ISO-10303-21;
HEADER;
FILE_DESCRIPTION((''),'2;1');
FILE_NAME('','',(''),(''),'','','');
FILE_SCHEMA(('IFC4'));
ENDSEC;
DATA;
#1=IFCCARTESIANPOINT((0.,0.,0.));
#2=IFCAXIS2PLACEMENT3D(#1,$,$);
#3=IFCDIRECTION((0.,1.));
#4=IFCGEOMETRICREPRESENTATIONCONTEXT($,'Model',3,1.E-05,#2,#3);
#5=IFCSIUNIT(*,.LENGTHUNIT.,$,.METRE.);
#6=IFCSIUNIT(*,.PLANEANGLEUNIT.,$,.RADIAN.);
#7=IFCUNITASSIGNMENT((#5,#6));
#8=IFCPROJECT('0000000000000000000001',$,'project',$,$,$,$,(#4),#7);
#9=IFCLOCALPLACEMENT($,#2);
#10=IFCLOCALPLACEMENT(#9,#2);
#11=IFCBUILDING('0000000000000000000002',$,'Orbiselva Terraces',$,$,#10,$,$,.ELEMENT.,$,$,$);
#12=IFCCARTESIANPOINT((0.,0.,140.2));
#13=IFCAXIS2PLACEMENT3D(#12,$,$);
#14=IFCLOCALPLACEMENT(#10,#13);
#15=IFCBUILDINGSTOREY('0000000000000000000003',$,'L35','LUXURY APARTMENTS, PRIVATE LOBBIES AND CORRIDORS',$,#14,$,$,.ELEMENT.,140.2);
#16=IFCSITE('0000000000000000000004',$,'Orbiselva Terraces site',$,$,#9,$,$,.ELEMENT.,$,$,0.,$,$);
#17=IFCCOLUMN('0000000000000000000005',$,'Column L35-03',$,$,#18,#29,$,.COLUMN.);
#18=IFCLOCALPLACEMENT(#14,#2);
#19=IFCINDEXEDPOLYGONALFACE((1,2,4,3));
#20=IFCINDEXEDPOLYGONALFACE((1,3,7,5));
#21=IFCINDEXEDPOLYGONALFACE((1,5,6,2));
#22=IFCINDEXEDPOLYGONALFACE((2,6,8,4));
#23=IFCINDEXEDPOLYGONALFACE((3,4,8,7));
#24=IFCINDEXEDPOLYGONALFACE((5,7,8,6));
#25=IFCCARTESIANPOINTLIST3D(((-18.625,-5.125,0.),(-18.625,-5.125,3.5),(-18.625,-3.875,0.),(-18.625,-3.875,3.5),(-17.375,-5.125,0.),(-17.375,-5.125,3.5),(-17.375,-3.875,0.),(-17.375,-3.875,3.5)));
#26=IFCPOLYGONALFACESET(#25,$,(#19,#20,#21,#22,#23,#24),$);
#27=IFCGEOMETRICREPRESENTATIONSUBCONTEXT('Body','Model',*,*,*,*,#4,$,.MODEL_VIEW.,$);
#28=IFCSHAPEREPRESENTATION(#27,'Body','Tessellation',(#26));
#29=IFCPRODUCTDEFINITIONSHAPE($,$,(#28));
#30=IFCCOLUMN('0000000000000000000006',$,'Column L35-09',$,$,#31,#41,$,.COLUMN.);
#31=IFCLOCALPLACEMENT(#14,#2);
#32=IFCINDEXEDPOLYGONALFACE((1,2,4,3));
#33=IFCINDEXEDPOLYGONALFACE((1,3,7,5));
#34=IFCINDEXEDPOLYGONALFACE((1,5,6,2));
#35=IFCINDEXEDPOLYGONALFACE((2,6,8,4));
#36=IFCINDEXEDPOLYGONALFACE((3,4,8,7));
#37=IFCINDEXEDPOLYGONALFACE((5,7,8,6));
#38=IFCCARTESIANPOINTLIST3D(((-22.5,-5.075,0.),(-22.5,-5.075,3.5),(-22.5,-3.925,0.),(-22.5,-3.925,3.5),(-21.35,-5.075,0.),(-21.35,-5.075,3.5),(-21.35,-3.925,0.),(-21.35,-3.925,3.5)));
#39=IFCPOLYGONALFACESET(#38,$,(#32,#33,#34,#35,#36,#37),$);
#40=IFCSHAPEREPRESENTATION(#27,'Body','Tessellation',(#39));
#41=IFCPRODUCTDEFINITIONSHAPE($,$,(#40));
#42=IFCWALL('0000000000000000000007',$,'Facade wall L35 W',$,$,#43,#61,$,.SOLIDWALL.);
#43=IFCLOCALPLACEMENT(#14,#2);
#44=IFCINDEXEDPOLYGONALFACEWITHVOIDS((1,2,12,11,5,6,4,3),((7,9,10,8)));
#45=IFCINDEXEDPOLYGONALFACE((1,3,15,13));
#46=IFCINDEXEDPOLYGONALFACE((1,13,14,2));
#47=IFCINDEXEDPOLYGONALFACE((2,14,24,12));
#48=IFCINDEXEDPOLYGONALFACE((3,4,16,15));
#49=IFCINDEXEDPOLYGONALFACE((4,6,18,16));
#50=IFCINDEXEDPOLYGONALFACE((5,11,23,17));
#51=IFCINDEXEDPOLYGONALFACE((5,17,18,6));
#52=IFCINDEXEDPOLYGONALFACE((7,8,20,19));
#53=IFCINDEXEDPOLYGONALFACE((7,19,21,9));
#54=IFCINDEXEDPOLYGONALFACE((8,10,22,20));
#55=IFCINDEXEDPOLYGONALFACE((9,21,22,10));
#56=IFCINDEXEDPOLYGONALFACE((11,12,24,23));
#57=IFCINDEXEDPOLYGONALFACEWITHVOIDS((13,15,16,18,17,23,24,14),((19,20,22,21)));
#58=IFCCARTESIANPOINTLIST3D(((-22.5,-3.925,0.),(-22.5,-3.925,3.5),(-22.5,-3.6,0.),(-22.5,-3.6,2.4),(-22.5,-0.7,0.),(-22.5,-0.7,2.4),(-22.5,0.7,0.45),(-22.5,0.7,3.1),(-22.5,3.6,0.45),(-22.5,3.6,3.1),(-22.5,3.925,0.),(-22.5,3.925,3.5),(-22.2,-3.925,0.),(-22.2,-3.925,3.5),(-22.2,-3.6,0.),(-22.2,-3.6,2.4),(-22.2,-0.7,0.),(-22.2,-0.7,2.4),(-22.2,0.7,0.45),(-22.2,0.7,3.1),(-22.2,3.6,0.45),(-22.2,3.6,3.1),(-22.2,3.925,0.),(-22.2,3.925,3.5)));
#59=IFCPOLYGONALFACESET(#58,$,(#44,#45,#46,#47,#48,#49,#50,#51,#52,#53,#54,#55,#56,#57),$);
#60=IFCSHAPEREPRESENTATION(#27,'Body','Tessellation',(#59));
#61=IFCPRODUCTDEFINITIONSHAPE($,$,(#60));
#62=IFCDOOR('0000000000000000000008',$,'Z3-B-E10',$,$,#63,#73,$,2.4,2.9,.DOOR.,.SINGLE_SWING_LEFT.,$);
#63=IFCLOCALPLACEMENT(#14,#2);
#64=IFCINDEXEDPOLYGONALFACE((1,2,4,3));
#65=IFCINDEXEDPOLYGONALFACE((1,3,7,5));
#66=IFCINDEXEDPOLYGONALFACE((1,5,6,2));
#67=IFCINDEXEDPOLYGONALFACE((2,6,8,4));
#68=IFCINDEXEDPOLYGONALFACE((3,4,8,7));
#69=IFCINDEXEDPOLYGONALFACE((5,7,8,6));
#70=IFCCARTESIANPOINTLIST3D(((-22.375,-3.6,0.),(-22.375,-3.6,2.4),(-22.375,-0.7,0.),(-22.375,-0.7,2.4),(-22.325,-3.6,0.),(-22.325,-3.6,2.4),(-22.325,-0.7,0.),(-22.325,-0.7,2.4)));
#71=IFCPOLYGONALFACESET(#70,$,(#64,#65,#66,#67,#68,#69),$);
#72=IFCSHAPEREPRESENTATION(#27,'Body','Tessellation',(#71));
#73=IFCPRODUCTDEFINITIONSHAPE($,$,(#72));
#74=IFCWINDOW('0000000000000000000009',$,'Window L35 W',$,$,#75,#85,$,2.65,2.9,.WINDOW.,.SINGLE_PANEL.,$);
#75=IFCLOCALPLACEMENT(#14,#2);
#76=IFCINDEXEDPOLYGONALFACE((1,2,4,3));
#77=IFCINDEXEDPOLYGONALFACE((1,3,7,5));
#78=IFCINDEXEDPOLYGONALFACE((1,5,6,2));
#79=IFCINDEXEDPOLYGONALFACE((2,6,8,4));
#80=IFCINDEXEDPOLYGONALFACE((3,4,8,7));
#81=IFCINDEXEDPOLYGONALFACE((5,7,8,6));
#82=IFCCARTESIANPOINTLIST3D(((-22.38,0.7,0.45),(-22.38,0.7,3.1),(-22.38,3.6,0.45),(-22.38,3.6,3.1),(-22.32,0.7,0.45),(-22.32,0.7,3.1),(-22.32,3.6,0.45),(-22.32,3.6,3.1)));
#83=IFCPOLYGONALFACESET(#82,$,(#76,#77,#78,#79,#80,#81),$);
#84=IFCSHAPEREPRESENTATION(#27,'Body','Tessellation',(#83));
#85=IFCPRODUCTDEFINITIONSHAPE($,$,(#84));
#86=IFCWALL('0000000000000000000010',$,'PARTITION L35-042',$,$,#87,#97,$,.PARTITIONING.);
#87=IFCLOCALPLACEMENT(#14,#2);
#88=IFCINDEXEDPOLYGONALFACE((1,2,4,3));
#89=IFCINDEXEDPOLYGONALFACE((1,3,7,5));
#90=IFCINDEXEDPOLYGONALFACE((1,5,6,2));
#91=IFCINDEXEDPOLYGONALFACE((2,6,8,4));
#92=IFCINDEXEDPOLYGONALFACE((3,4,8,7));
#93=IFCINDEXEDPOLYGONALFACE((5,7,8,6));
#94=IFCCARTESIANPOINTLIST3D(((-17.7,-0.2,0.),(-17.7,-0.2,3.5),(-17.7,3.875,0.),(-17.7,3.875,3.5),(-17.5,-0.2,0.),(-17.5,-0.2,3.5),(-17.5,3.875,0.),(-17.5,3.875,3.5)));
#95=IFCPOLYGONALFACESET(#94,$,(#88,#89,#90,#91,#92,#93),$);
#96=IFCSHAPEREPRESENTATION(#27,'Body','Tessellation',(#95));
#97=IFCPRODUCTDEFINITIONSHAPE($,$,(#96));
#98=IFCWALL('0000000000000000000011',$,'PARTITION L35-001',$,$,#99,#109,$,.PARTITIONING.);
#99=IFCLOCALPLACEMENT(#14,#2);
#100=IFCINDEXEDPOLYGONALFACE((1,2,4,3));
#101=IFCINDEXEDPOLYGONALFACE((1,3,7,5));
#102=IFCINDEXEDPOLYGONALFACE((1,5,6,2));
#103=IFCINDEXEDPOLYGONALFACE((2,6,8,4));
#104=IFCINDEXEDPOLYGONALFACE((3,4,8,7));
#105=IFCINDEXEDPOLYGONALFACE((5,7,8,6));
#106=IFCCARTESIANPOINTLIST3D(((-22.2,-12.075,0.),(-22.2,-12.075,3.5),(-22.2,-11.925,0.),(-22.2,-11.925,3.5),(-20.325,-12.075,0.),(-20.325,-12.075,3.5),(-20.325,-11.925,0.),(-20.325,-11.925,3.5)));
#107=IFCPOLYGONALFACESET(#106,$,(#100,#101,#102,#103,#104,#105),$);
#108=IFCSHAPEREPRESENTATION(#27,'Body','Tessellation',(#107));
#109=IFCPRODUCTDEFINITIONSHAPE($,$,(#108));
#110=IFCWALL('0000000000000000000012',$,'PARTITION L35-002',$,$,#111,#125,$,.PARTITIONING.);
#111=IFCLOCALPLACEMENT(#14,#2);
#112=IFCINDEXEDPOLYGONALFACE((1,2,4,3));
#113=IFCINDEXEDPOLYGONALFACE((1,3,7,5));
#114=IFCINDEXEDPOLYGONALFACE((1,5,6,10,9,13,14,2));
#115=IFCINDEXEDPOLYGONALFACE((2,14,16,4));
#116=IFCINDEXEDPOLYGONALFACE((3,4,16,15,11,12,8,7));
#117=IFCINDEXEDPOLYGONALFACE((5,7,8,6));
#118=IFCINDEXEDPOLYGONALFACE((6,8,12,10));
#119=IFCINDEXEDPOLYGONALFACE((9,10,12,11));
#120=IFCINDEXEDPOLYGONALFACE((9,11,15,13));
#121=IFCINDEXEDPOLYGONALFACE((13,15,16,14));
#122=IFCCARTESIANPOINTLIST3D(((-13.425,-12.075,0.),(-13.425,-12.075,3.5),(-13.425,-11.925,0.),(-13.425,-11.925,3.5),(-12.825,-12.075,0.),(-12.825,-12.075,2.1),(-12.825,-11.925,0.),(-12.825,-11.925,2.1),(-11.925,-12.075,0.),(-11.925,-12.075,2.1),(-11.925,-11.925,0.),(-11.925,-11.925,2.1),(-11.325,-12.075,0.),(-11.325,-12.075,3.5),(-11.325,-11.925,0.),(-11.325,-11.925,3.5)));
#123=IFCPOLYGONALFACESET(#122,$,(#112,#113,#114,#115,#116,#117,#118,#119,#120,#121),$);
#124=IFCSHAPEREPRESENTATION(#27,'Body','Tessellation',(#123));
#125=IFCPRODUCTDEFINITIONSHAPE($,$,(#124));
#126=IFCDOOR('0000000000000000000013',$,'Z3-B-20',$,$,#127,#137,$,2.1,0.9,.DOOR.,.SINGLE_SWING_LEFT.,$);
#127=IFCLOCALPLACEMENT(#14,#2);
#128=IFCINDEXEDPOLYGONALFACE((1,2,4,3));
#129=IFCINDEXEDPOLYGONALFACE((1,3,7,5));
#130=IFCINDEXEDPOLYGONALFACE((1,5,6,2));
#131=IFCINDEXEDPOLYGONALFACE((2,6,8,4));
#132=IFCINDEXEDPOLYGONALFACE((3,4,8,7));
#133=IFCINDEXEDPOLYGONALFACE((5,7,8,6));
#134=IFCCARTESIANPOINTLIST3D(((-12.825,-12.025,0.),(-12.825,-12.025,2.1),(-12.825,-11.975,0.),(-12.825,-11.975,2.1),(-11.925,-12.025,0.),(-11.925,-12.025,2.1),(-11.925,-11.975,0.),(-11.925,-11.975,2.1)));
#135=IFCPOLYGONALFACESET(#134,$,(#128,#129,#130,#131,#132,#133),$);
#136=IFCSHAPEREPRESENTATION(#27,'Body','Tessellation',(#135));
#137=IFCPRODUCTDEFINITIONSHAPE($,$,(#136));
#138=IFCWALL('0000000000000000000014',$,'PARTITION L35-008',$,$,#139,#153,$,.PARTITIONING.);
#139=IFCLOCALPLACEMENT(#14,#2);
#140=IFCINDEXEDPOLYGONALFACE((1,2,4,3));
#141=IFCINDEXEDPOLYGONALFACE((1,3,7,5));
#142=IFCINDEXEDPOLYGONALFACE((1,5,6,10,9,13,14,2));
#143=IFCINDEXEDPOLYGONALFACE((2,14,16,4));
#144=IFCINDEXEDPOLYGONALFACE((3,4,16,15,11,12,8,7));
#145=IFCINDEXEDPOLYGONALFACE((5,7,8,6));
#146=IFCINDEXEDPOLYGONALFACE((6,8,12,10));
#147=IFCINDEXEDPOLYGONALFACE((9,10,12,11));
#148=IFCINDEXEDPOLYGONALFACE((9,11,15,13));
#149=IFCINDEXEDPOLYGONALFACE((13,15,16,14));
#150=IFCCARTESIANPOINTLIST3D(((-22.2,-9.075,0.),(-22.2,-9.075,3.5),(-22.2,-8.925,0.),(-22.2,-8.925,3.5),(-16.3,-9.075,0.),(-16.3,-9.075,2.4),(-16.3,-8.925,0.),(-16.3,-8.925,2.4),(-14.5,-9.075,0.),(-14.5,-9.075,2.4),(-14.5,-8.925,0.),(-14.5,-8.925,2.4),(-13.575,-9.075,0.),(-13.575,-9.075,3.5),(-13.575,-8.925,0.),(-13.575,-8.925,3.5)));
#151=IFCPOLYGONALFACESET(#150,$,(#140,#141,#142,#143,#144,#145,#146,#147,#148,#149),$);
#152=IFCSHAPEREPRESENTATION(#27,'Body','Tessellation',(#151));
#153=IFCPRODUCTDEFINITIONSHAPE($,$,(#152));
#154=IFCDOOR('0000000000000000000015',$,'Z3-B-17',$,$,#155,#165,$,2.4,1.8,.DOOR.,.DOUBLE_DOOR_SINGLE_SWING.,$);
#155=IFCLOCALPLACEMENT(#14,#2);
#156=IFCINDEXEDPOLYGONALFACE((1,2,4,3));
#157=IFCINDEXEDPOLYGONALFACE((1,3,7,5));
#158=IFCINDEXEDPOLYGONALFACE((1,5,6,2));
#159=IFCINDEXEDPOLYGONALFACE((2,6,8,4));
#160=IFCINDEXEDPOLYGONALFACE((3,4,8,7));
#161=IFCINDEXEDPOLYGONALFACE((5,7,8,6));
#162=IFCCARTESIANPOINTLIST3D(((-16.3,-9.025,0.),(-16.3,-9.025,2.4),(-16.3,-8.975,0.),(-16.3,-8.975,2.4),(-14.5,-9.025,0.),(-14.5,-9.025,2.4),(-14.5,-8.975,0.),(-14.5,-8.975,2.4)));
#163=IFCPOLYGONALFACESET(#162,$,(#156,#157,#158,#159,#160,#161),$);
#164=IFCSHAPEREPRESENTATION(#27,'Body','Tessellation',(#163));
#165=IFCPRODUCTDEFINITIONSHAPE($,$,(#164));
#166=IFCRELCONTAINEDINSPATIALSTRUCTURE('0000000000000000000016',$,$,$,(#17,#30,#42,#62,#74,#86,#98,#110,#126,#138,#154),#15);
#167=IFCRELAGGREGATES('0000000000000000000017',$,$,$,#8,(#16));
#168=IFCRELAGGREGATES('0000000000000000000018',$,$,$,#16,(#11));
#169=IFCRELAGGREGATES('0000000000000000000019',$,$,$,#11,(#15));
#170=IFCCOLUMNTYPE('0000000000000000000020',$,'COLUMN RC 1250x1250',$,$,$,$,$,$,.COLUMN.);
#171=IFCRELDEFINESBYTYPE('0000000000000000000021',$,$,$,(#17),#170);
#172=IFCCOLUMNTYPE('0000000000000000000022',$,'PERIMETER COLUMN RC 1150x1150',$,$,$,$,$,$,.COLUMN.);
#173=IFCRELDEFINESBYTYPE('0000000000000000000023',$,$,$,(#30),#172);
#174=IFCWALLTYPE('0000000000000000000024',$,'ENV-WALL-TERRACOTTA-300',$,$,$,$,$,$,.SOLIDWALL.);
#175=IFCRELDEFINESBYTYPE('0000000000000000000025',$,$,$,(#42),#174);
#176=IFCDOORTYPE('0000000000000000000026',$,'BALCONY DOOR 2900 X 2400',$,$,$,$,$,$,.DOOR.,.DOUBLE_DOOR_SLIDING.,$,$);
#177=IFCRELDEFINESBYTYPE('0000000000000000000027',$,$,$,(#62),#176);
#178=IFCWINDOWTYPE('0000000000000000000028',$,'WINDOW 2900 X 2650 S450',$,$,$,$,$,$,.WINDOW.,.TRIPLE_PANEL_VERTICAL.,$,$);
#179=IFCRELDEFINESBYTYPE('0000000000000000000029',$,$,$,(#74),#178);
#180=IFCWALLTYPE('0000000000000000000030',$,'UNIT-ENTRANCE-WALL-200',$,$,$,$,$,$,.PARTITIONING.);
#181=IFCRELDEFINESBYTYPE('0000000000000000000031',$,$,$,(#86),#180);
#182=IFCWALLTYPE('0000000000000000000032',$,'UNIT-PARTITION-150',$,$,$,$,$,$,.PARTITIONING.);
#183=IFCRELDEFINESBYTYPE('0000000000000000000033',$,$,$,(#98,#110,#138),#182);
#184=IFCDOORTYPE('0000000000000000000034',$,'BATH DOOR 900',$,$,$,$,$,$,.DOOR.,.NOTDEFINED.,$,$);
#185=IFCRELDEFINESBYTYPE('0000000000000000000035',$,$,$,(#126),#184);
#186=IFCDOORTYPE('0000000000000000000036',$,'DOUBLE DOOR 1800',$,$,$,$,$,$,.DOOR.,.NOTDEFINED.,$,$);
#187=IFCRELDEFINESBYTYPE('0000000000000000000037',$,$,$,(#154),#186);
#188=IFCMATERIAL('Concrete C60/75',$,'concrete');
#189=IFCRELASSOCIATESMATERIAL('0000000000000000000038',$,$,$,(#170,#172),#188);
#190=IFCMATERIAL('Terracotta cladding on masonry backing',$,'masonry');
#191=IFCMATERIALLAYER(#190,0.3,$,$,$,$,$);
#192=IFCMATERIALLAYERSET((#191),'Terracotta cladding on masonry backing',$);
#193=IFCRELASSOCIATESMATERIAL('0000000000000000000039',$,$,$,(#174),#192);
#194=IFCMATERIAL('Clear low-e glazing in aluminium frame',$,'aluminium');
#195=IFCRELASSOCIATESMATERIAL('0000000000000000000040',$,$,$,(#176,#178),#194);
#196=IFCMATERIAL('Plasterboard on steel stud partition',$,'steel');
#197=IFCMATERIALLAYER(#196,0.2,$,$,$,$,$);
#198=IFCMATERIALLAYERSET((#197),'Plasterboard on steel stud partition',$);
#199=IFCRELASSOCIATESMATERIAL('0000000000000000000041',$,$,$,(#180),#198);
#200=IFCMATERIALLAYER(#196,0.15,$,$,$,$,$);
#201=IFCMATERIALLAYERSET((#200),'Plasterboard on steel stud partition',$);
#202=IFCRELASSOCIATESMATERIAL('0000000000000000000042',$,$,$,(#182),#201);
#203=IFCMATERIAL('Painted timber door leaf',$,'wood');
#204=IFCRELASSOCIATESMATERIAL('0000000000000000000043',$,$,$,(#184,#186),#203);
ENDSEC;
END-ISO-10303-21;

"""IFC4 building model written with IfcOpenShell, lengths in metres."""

from ifc_helpers import new_model, si_unit, direction, frame, frame_2d, origin, origin_2d, place, context, subcontext, project, spatial, rectangle, extrude, material, layer, layer_set, material_profile, profile_set, type_object, element, fill, save


model = new_model("IFC4")

# Units and contexts
model_context = context("Model", 3, precision=1e-05, world=origin(), true_north=direction((0.0, 1.0)))
body_context = subcontext(model_context, "Body", "Model", "MODEL_VIEW")
ifc_project = project(units=[si_unit("LENGTHUNIT", "METRE"), si_unit("PLANEANGLEUNIT", "RADIAN")], contexts=[model_context])

# Site, building, storey
site_placement = place(None, origin())
site = spatial("IfcSite", under=ifc_project, at=site_placement, Name="Orbiselva Terraces site", CompositionType="ELEMENT", RefElevation=0.0)
building_placement = place(site_placement, origin())
building = spatial("IfcBuilding", under=site, at=building_placement, Name="Orbiselva Terraces", CompositionType="ELEMENT")
storey_placement = place(building_placement, frame((0.0, 0.0, 140.2)))
storey = spatial("IfcBuildingStorey", under=building, at=storey_placement, Name="L35", Description="LUXURY APARTMENTS, PRIVATE LOBBIES AND CORRIDORS", CompositionType="ELEMENT", Elevation=140.2)

# Columns
ifc_material_1 = material(Name="Concrete C60/75", Category="concrete")
ifc_material_profile_1 = material_profile(ifc_material_1, rectangle(XDim=1.25, YDim=1.25, at=origin_2d()), Name="RC 1250x1250")
ifc_profile_set_1 = profile_set([ifc_material_profile_1], Name="Concrete C60/75")
column_type_1 = type_object("IfcColumnType", Name="COLUMN RC 1250x1250", PredefinedType="COLUMN", material=ifc_profile_set_1)
column_1_placement = place(storey_placement, frame((-18.0, -4.5, 0.0), z_axis=(0.0, 0.0, 1.0), x_axis=(1.0, 0.0, 0.0)))
element("IfcColumn", 1, at=column_1_placement, inside=storey, type_object=column_type_1, Name="Column L35-03", PredefinedType="COLUMN", context=body_context, shape_type="SweptSolid", body=[
    extrude(rectangle(XDim=1.25, YDim=1.25, at=origin_2d()), origin(), (0.0, 0.0, 1.0), 3.5),
])
ifc_material_profile_2 = material_profile(ifc_material_1, rectangle(XDim=1.15, YDim=1.15, at=origin_2d()), Name="RC 1150x1150")
ifc_profile_set_2 = profile_set([ifc_material_profile_2], Name="Concrete C60/75")
column_type_2 = type_object("IfcColumnType", Name="PERIMETER COLUMN RC 1150x1150", PredefinedType="COLUMN", material=ifc_profile_set_2)
column_2_placement = place(storey_placement, frame((-21.925, -4.5, 0.0), z_axis=(0.0, 0.0, 1.0), x_axis=(1.0, 0.0, 0.0)))
element("IfcColumn", 2, at=column_2_placement, inside=storey, type_object=column_type_2, Name="Column L35-09", PredefinedType="COLUMN", context=body_context, shape_type="SweptSolid", body=[
    extrude(rectangle(XDim=1.15, YDim=1.15, at=origin_2d()), origin(), (0.0, 0.0, 1.0), 3.5),
])

# Wall, openings, door, window
ifc_material_2 = material(Name="Terracotta cladding on masonry backing", Category="masonry")
ifc_layer_1 = layer(ifc_material_2, 0.3)
ifc_layer_set_1 = layer_set([ifc_layer_1], Name="Terracotta cladding on masonry backing")
wall_type_1 = type_object("IfcWallType", Name="ENV-WALL-TERRACOTTA-300", PredefinedType="SOLIDWALL", material=ifc_layer_set_1)
wall_1_placement = place(storey_placement, frame((-22.35, -3.925, 0.0), z_axis=(0.0, 0.0, 1.0), x_axis=(0.0, 1.0, 0.0)))
wall_1 = element("IfcWall", 3, at=wall_1_placement, inside=storey, type_object=wall_type_1, Name="Facade wall L35 W", PredefinedType="SOLIDWALL", context=body_context, shape_type="SweptSolid", body=[
    extrude(rectangle(XDim=7.85, YDim=0.3, at=frame_2d((3.925, 0.0))), origin(), (0.0, 0.0, 1.0), 3.5),
])
opening_1_placement = place(wall_1_placement, frame((4.625, 0.0, 0.45)))
opening_1 = element("IfcOpeningElement", 4, at=opening_1_placement, cuts=wall_1, PredefinedType="OPENING", context=body_context, shape_type="SweptSolid", body=[
    extrude(rectangle(XDim=2.9, YDim=2.65, at=frame_2d((1.45, 1.325))), frame((0.0, 0.16, 0.0), z_axis=(0.0, -1.0, 0.0), x_axis=(1.0, 0.0, 0.0)), (0.0, 0.0, 1.0), 0.32),
])
opening_2_placement = place(wall_1_placement, frame((0.325, 0.0, 0.0)))
opening_2 = element("IfcOpeningElement", 5, at=opening_2_placement, cuts=wall_1, PredefinedType="OPENING", context=body_context, shape_type="SweptSolid", body=[
    extrude(rectangle(XDim=2.9, YDim=2.4, at=frame_2d((1.45, 1.2))), frame((0.0, 0.16, 0.0), z_axis=(0.0, -1.0, 0.0), x_axis=(1.0, 0.0, 0.0)), (0.0, 0.0, 1.0), 0.32),
])
ifc_material_3 = material(Name="Clear low-e glazing in aluminium frame", Category="aluminium")
door_type_1 = type_object("IfcDoorType", Name="BALCONY DOOR 2900 X 2400", OperationType="DOUBLE_DOOR_SLIDING", PredefinedType="DOOR", material=ifc_material_3)
door_1_placement = place(opening_2_placement, origin())
door_1 = element("IfcDoor", 6, at=door_1_placement, inside=storey, type_object=door_type_1, Name="Z3-B-E10", OperationType="SINGLE_SWING_LEFT", OverallHeight=2.4, OverallWidth=2.9, PredefinedType="DOOR", context=body_context, shape_type="SweptSolid", body=[
    extrude(rectangle(XDim=2.9, YDim=2.4, at=frame_2d((1.45, 1.2))), frame((0.0, 0.025, 0.0), z_axis=(0.0, -1.0, 0.0), x_axis=(1.0, 0.0, 0.0)), (0.0, 0.0, 1.0), 0.05),
])
fill(opening_2, door_1)
window_type = type_object("IfcWindowType", Name="WINDOW 2900 X 2650 S450", PartitioningType="TRIPLE_PANEL_VERTICAL", PredefinedType="WINDOW", material=ifc_material_3)
window_placement = place(opening_1_placement, origin())
window = element("IfcWindow", 7, at=window_placement, inside=storey, type_object=window_type, Name="Window L35 W", OverallHeight=2.65, OverallWidth=2.9, PartitioningType="SINGLE_PANEL", PredefinedType="WINDOW", context=body_context, shape_type="SweptSolid", body=[
    extrude(rectangle(XDim=2.9, YDim=2.65, at=frame_2d((1.45, 1.325))), frame((0.0, 0.03, 0.0), z_axis=(0.0, -1.0, 0.0), x_axis=(1.0, 0.0, 0.0)), (0.0, 0.0, 1.0), 0.06),
])
fill(opening_1, window)

# Walls
ifc_material_4 = material(Name="Plasterboard on steel stud partition", Category="steel")
ifc_layer_2 = layer(ifc_material_4, 0.2)
ifc_layer_set_2 = layer_set([ifc_layer_2], Name="Plasterboard on steel stud partition")
wall_type_2 = type_object("IfcWallType", Name="UNIT-ENTRANCE-WALL-200", PredefinedType="PARTITIONING", material=ifc_layer_set_2)
wall_2_placement = place(storey_placement, frame((-17.6, -0.2, 0.0), z_axis=(0.0, 0.0, 1.0), x_axis=(0.0, 1.0, 0.0)))
element("IfcWall", 8, at=wall_2_placement, inside=storey, type_object=wall_type_2, Name="PARTITION L35-042", PredefinedType="PARTITIONING", context=body_context, shape_type="SweptSolid", body=[
    extrude(rectangle(XDim=4.075, YDim=0.2, at=frame_2d((2.0375, 0.0))), origin(), (0.0, 0.0, 1.0), 3.5),
])
ifc_layer_3 = layer(ifc_material_4, 0.15)
ifc_layer_set_3 = layer_set([ifc_layer_3], Name="Plasterboard on steel stud partition")
wall_type_3 = type_object("IfcWallType", Name="UNIT-PARTITION-150", PredefinedType="PARTITIONING", material=ifc_layer_set_3)
wall_3_placement = place(storey_placement, frame((-22.2, -12.0, 0.0), z_axis=(0.0, 0.0, 1.0), x_axis=(1.0, 0.0, 0.0)))
element("IfcWall", 9, at=wall_3_placement, inside=storey, type_object=wall_type_3, Name="PARTITION L35-001", PredefinedType="PARTITIONING", context=body_context, shape_type="SweptSolid", body=[
    extrude(rectangle(XDim=1.875, YDim=0.15, at=frame_2d((0.9375, 0.0))), origin(), (0.0, 0.0, 1.0), 3.5),
])

# Walls, openings, doors
wall_4_placement = place(storey_placement, frame((-13.425, -12.0, 0.0), z_axis=(0.0, 0.0, 1.0), x_axis=(1.0, 0.0, 0.0)))
wall_4 = element("IfcWall", 10, at=wall_4_placement, inside=storey, type_object=wall_type_3, Name="PARTITION L35-002", PredefinedType="PARTITIONING", context=body_context, shape_type="SweptSolid", body=[
    extrude(rectangle(XDim=2.1, YDim=0.15, at=frame_2d((1.05, 0.0))), origin(), (0.0, 0.0, 1.0), 3.5),
])
opening_3_placement = place(wall_4_placement, frame((0.6, 0.0, 0.0)))
opening_3 = element("IfcOpeningElement", 11, at=opening_3_placement, cuts=wall_4, PredefinedType="OPENING", context=body_context, shape_type="SweptSolid", body=[
    extrude(rectangle(XDim=0.9, YDim=2.1, at=frame_2d((0.45, 1.05))), frame((0.0, 0.085, 0.0), z_axis=(0.0, -1.0, 0.0), x_axis=(1.0, 0.0, 0.0)), (0.0, 0.0, 1.0), 0.17),
])
ifc_material_5 = material(Name="Painted timber door leaf", Category="wood")
door_type_2 = type_object("IfcDoorType", Name="BATH DOOR 900", OperationType="NOTDEFINED", PredefinedType="DOOR", material=ifc_material_5)
door_2_placement = place(opening_3_placement, origin())
door_2 = element("IfcDoor", 12, at=door_2_placement, inside=storey, type_object=door_type_2, Name="Z3-B-20", OperationType="SINGLE_SWING_LEFT", OverallHeight=2.1, OverallWidth=0.9, PredefinedType="DOOR", context=body_context, shape_type="SweptSolid", body=[
    extrude(rectangle(XDim=0.9, YDim=2.1, at=frame_2d((0.45, 1.05))), frame((0.0, 0.025, 0.0), z_axis=(0.0, -1.0, 0.0), x_axis=(1.0, 0.0, 0.0)), (0.0, 0.0, 1.0), 0.05),
])
fill(opening_3, door_2)
wall_5_placement = place(storey_placement, frame((-13.575, -9.0, 0.0), z_axis=(0.0, 0.0, 1.0), x_axis=(-1.0, 0.0, 0.0)))
wall_5 = element("IfcWall", 13, at=wall_5_placement, inside=storey, type_object=wall_type_3, Name="PARTITION L35-008", PredefinedType="PARTITIONING", context=body_context, shape_type="SweptSolid", body=[
    extrude(rectangle(XDim=8.625, YDim=0.15, at=frame_2d((4.3125, 0.0))), origin(), (0.0, 0.0, 1.0), 3.5),
])
opening_4_placement = place(wall_5_placement, frame((0.925, 0.0, 0.0)))
opening_4 = element("IfcOpeningElement", 14, at=opening_4_placement, cuts=wall_5, PredefinedType="OPENING", context=body_context, shape_type="SweptSolid", body=[
    extrude(rectangle(XDim=1.8, YDim=2.4, at=frame_2d((0.9, 1.2))), frame((0.0, 0.085, 0.0), z_axis=(0.0, -1.0, 0.0), x_axis=(1.0, 0.0, 0.0)), (0.0, 0.0, 1.0), 0.17),
])
door_type_3 = type_object("IfcDoorType", Name="DOUBLE DOOR 1800", OperationType="NOTDEFINED", PredefinedType="DOOR", material=ifc_material_5)
door_3_placement = place(opening_4_placement, origin())
door_3 = element("IfcDoor", 15, at=door_3_placement, inside=storey, type_object=door_type_3, Name="Z3-B-17", OperationType="DOUBLE_DOOR_SINGLE_SWING", OverallHeight=2.4, OverallWidth=1.8, PredefinedType="DOOR", context=body_context, shape_type="SweptSolid", body=[
    extrude(rectangle(XDim=1.8, YDim=2.4, at=frame_2d((0.9, 1.2))), frame((0.0, 0.025, 0.0), z_axis=(0.0, -1.0, 0.0), x_axis=(1.0, 0.0, 0.0)), (0.0, 0.0, 1.0), 0.05),
])
fill(opening_4, door_3)

save(model, "model.ifc")
